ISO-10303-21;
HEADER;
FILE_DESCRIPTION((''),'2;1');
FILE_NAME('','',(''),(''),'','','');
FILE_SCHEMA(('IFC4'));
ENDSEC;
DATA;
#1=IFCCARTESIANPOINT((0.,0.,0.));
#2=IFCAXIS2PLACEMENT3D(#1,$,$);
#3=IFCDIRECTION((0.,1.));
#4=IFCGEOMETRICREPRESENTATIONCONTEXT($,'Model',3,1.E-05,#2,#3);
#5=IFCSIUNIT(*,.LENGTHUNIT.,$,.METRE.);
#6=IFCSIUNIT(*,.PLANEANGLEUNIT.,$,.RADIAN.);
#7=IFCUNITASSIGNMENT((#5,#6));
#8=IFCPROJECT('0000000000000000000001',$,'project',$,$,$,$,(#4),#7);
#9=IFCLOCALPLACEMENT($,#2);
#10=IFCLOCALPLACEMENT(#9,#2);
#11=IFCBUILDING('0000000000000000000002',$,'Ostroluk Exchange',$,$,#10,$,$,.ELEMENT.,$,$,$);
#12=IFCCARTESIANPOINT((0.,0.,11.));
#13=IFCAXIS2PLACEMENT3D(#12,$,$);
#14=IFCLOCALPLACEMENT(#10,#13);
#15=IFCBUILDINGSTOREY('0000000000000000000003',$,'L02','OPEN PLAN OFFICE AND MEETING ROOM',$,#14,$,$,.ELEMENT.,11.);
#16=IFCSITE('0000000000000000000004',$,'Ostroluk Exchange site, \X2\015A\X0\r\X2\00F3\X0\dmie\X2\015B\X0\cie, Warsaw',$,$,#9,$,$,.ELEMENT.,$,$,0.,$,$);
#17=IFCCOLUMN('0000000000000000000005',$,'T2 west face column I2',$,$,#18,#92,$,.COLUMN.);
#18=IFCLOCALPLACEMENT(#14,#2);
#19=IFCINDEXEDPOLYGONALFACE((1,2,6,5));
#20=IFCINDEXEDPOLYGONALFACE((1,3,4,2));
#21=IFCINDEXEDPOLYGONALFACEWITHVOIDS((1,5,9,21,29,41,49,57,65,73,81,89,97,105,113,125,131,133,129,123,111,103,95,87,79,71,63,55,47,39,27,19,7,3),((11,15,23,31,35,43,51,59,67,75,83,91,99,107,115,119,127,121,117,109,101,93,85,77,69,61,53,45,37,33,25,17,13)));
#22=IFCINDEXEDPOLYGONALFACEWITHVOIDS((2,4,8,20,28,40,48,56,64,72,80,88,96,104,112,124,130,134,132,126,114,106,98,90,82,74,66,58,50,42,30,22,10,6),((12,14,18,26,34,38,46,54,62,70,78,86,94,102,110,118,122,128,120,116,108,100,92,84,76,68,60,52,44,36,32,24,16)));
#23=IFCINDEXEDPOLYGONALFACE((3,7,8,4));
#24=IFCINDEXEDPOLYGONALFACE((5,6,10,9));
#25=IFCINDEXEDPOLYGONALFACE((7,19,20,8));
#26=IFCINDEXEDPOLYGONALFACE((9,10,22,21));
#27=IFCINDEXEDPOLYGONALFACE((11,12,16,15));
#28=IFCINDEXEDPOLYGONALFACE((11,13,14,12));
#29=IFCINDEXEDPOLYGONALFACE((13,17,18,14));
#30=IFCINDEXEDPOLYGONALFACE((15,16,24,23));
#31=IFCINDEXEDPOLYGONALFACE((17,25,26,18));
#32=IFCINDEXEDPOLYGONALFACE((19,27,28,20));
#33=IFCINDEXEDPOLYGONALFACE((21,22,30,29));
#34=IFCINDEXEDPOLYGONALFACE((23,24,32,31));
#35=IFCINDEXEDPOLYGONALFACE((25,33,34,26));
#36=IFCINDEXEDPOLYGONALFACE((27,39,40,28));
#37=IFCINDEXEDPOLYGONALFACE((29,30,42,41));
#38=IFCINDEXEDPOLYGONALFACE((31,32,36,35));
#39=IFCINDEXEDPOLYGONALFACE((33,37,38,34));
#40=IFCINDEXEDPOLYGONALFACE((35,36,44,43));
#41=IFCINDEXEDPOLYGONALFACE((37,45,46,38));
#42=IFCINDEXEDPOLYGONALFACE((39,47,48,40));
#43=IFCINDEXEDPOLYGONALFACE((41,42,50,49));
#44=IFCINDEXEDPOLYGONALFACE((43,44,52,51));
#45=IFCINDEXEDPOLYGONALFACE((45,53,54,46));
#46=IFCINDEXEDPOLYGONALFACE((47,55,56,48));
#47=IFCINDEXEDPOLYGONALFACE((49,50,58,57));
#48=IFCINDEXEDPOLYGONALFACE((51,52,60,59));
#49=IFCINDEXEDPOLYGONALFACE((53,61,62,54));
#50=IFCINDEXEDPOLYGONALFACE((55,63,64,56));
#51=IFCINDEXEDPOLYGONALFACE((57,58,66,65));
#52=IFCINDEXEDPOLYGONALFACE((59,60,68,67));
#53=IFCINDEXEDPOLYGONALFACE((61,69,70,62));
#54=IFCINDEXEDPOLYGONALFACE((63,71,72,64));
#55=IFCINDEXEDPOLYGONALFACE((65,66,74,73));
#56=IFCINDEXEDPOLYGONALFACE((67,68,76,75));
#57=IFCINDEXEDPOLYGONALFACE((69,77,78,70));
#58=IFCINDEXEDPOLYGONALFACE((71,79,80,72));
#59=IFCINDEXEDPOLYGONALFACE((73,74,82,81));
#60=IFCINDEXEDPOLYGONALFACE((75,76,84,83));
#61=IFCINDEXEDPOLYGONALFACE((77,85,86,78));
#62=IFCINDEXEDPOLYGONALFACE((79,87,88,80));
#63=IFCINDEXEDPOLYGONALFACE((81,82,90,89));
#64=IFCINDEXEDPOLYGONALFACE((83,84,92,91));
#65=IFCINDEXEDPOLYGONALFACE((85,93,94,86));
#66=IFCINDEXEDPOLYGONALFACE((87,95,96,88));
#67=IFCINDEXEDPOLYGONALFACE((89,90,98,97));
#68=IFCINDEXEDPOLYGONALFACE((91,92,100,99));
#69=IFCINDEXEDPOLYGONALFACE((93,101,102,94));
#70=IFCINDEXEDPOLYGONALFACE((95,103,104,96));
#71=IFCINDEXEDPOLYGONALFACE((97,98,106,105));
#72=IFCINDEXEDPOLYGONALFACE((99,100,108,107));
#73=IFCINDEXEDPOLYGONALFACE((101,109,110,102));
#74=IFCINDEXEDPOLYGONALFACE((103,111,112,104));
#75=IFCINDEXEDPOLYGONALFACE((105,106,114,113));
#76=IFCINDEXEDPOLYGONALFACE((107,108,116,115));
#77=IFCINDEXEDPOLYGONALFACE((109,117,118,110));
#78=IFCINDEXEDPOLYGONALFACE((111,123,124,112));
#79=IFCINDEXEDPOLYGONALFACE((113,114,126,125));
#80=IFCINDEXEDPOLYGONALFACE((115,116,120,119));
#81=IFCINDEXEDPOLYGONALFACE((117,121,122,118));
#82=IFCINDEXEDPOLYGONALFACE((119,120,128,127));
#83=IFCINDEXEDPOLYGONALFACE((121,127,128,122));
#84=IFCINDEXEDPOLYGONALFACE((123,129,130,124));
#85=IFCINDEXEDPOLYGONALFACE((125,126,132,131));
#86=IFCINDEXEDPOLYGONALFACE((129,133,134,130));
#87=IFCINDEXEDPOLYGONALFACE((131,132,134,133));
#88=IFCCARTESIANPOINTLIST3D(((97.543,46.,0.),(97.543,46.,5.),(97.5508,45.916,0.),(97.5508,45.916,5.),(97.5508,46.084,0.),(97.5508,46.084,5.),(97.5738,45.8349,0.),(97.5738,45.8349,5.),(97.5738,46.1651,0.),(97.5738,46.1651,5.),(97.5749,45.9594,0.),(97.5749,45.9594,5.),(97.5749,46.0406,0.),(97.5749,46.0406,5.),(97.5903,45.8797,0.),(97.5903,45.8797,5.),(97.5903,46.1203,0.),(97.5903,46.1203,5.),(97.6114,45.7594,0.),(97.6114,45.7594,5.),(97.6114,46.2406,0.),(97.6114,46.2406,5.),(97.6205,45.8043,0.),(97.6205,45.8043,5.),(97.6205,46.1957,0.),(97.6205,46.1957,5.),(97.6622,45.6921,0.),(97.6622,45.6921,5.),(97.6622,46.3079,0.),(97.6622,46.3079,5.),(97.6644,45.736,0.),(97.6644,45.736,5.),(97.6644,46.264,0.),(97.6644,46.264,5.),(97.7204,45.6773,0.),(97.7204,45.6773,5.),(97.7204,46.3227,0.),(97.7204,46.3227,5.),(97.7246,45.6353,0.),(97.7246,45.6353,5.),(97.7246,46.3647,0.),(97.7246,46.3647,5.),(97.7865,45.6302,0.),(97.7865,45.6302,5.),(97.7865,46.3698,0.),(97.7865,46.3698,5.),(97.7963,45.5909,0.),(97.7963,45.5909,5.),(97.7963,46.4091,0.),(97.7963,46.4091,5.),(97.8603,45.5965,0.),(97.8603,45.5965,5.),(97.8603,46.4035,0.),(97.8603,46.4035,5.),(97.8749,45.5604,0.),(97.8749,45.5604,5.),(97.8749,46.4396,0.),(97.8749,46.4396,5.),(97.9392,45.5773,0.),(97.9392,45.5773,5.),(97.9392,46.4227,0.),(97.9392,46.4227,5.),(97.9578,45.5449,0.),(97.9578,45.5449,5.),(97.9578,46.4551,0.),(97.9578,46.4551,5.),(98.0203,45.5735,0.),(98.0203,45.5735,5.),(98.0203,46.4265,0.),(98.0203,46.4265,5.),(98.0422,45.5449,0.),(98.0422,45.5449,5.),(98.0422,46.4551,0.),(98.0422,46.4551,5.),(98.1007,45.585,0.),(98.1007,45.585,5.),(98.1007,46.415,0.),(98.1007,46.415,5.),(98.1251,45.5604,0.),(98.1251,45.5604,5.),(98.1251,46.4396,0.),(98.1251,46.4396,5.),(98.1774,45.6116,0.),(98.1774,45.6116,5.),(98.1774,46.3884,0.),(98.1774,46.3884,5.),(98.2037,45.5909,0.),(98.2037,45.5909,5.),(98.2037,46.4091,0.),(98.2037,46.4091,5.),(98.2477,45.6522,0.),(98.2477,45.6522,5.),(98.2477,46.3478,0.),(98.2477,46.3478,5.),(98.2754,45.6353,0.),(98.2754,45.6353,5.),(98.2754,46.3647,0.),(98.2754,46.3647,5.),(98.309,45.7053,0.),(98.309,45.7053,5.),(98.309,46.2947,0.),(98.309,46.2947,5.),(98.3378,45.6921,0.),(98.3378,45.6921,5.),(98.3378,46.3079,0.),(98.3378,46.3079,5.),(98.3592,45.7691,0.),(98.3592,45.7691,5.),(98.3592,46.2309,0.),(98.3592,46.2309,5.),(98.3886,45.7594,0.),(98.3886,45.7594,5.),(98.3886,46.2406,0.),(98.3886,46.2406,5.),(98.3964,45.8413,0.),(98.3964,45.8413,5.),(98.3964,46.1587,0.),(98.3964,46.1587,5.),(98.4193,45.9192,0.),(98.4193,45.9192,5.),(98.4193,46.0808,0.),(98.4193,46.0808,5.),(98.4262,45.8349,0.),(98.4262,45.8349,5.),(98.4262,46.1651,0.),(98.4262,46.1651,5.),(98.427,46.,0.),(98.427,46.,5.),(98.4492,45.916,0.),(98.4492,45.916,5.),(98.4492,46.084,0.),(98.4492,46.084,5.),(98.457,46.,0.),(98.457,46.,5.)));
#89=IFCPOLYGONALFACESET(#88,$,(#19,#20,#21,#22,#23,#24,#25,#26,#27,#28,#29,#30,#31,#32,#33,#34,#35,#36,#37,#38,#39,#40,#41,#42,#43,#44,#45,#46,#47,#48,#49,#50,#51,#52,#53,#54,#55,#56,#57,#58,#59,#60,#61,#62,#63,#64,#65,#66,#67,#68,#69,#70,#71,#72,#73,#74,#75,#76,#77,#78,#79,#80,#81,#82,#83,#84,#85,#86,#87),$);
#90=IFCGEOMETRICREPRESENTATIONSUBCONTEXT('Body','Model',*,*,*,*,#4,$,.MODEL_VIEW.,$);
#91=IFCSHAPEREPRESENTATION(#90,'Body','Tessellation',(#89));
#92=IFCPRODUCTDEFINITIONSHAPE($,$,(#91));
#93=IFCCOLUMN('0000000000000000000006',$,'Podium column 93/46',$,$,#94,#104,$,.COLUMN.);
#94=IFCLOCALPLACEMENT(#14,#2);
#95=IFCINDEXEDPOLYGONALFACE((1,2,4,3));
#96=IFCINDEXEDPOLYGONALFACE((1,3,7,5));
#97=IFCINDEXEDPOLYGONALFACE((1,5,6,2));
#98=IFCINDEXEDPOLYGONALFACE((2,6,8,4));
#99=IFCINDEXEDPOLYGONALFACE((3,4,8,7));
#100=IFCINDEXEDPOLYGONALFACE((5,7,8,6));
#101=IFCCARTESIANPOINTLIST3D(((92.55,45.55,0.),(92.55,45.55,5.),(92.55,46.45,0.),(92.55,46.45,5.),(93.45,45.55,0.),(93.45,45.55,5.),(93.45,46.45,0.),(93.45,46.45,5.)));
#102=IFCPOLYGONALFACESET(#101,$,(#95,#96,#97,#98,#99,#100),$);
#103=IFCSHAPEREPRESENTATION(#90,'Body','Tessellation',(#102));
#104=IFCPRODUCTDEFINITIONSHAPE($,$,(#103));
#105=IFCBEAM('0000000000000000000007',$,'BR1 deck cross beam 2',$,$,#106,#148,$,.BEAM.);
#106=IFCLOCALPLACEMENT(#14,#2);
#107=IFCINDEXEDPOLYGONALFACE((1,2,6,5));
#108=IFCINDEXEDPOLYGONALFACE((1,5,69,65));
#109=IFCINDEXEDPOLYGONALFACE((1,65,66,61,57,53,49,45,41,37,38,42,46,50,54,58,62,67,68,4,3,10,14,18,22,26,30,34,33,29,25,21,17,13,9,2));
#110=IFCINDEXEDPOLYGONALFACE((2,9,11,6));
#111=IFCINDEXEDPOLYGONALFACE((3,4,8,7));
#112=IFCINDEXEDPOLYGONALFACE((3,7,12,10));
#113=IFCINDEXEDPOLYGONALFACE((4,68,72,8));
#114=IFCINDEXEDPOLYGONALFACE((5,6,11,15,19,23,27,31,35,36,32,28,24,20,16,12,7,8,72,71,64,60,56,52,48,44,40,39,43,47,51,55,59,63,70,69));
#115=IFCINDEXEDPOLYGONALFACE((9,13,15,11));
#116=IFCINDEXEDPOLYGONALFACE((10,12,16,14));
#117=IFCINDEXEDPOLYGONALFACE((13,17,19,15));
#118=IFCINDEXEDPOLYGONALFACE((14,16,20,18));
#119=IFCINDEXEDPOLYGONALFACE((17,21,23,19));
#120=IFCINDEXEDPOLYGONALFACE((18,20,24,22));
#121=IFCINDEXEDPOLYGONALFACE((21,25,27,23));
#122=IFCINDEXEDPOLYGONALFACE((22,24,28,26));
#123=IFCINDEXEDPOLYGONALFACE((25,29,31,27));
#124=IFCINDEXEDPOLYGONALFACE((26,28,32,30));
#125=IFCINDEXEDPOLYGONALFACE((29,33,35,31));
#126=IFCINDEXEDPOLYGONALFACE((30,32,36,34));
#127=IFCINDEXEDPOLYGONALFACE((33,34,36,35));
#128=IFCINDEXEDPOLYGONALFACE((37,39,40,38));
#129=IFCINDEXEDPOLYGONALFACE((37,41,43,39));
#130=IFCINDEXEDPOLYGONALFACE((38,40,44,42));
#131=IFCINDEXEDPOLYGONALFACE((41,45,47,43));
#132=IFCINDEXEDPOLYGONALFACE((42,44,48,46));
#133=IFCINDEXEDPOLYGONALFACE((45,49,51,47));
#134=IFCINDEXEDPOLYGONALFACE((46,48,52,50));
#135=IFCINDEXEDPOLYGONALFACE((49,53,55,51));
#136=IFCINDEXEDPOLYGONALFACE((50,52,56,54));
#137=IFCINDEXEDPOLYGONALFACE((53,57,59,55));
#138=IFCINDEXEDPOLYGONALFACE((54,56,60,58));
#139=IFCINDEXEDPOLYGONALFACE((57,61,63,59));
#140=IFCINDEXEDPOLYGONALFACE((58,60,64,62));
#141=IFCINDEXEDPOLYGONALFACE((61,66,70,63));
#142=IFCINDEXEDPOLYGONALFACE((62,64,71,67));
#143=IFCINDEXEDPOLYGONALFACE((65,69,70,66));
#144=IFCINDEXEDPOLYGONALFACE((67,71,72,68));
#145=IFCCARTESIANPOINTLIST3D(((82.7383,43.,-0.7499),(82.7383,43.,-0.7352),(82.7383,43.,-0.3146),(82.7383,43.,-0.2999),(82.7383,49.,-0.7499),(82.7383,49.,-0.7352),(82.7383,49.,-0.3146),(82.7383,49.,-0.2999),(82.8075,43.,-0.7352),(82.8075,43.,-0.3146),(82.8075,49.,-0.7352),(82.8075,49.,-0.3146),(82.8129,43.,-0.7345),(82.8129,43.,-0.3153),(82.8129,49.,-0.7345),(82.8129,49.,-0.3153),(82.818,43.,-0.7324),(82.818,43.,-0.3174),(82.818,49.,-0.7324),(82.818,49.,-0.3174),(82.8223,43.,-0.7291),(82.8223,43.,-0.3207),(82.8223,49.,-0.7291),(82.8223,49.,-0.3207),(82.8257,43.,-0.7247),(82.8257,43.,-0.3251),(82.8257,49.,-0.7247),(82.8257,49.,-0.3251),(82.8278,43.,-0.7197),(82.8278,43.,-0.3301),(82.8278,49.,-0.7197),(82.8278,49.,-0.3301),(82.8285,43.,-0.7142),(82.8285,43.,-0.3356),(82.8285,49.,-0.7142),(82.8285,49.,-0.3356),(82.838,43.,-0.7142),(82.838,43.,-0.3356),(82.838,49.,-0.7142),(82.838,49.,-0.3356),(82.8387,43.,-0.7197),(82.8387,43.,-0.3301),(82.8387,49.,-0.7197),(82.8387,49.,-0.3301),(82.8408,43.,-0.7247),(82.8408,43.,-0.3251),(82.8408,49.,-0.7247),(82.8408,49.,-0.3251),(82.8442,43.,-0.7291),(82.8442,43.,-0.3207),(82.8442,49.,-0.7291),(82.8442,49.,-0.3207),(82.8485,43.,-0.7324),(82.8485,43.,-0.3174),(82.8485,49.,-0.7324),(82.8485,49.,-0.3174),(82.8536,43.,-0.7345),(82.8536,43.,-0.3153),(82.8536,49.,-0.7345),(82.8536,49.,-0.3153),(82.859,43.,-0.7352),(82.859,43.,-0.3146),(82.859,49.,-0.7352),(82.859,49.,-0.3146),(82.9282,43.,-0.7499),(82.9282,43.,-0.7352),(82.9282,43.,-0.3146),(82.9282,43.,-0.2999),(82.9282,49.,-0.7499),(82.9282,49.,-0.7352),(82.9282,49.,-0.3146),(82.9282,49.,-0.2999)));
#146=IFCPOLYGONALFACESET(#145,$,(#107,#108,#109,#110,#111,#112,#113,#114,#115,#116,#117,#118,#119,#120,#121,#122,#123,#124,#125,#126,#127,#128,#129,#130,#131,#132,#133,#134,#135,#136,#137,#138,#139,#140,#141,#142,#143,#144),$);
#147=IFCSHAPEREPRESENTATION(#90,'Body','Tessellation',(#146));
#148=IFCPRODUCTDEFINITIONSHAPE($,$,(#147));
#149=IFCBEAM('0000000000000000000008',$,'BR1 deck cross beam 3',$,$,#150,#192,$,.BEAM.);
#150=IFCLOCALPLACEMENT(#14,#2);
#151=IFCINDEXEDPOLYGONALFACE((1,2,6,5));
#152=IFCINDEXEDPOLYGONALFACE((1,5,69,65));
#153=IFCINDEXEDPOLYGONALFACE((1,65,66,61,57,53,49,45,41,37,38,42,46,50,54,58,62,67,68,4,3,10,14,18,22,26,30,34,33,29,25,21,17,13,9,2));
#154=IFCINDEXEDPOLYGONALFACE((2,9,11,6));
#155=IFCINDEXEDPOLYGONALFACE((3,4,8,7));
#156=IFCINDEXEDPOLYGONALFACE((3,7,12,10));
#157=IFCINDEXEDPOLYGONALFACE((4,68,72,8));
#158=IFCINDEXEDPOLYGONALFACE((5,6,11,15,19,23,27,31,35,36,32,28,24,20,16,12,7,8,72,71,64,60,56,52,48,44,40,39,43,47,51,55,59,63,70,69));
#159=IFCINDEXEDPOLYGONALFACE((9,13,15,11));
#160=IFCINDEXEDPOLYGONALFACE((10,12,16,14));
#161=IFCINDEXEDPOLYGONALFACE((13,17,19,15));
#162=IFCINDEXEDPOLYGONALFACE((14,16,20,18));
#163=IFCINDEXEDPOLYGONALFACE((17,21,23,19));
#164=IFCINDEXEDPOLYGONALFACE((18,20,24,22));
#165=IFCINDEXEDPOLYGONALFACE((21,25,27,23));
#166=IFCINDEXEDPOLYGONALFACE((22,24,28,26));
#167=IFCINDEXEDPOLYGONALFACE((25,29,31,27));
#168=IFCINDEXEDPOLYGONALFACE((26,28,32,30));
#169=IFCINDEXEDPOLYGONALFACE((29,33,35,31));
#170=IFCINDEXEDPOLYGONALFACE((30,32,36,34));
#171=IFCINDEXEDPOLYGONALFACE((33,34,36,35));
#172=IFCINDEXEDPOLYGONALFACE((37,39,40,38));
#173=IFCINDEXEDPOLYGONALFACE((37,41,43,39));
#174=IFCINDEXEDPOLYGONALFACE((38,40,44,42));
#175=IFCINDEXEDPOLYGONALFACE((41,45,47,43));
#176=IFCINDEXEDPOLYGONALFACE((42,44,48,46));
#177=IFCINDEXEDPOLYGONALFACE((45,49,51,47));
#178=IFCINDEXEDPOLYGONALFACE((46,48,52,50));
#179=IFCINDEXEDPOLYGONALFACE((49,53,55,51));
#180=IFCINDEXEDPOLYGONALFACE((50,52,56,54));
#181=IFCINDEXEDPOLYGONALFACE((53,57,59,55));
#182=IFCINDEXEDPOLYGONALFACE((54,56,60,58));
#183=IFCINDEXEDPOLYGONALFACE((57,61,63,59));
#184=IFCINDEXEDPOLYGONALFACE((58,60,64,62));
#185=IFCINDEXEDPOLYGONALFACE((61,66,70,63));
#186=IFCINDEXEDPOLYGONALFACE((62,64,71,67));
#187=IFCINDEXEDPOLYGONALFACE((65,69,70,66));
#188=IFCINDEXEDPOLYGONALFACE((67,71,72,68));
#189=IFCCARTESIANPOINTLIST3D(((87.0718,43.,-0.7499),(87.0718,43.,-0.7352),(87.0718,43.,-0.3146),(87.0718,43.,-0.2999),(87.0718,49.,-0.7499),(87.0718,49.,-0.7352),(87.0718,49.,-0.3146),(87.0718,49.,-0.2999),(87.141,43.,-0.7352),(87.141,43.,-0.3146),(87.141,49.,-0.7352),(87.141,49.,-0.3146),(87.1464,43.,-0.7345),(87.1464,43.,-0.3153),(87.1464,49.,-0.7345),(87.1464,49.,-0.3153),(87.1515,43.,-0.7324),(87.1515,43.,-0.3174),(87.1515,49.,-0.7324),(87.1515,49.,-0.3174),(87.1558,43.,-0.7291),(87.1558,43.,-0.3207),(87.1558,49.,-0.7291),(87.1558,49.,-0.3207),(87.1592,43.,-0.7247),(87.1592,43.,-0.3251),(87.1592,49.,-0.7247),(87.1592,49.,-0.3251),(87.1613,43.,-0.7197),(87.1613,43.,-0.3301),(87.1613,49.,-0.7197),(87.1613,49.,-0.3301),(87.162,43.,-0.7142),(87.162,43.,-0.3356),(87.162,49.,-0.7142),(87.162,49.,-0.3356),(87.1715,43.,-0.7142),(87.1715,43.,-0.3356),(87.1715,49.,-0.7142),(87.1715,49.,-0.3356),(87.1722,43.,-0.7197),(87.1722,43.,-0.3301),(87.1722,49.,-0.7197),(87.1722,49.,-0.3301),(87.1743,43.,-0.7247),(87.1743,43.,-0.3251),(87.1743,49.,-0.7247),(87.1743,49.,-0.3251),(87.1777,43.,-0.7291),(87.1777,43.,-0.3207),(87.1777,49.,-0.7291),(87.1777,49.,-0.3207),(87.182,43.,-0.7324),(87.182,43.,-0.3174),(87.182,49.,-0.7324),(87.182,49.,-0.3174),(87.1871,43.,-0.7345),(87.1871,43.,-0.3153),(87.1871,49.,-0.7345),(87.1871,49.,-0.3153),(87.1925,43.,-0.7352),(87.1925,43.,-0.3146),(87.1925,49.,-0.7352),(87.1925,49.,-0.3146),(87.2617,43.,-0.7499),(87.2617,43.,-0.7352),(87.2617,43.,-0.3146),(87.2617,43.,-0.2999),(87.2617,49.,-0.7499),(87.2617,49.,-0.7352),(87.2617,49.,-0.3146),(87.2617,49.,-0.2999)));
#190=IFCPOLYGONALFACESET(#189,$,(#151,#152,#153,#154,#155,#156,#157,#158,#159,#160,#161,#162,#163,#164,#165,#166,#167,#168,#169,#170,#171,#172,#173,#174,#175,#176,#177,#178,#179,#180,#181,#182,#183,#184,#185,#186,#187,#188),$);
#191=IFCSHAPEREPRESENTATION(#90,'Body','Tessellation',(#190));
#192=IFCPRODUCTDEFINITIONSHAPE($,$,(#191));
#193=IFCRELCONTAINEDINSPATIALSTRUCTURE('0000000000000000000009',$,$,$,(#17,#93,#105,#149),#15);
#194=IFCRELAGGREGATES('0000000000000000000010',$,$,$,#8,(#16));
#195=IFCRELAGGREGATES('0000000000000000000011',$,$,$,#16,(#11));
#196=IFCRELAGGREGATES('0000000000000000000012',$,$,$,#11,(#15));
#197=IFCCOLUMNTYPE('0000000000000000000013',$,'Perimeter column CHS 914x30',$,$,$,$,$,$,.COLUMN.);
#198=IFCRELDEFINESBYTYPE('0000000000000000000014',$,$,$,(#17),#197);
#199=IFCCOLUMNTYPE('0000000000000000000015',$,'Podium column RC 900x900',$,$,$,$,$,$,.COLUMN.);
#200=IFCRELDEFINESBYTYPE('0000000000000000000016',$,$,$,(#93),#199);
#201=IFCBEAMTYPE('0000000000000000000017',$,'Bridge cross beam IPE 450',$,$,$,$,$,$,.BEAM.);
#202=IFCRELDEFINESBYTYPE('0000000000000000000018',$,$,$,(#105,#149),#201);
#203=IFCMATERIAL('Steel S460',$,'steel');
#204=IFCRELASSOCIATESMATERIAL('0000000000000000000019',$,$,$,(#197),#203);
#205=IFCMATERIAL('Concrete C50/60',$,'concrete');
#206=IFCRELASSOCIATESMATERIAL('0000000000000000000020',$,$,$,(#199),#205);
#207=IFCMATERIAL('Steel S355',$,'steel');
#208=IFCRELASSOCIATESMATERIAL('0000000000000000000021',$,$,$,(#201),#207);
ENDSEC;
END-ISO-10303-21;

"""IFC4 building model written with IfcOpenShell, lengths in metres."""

from ifc_helpers import new_model, si_unit, direction, frame, origin, origin_2d, place, context, subcontext, project, spatial, rectangle, hollow_circle, i_section, extrude, material, material_profile, profile_set, type_object, element, save


model = new_model("IFC4")

# Units and contexts
model_context = context("Model", 3, precision=1e-05, world=origin(), true_north=direction((0.0, 1.0)))
body_context = subcontext(model_context, "Body", "Model", "MODEL_VIEW")
ifc_project = project(units=[si_unit("LENGTHUNIT", "METRE"), si_unit("PLANEANGLEUNIT", "RADIAN")], contexts=[model_context])

# Site, building, storey
site_placement = place(None, origin())
site = spatial("IfcSite", under=ifc_project, at=site_placement, Name="Ostroluk Exchange site, Śródmieście, Warsaw", CompositionType="ELEMENT", RefElevation=0.0)
building_placement = place(site_placement, origin())
building = spatial("IfcBuilding", under=site, at=building_placement, Name="Ostroluk Exchange", CompositionType="ELEMENT")
storey_placement = place(building_placement, frame((0.0, 0.0, 11.0)))
storey = spatial("IfcBuildingStorey", under=building, at=storey_placement, Name="L02", Description="OPEN PLAN OFFICE AND MEETING ROOM", CompositionType="ELEMENT", Elevation=11.0)

# Columns
ifc_material_1 = material(Name="Steel S460", Category="steel")
ifc_material_profile_1 = material_profile(ifc_material_1, hollow_circle(Radius=0.457, WallThickness=0.03, at=origin_2d()), Name="CHS 914x30")
ifc_profile_set_1 = profile_set([ifc_material_profile_1], Name="Steel S460")
column_type_1 = type_object("IfcColumnType", Name="Perimeter column CHS 914x30", PredefinedType="COLUMN", material=ifc_profile_set_1)
column_1_placement = place(storey_placement, frame((98.0, 46.0, 0.0), z_axis=(0.0, 0.0, 1.0), x_axis=(1.0, 0.0, 0.0)))
element("IfcColumn", 1, at=column_1_placement, inside=storey, type_object=column_type_1, Name="T2 west face column I2", PredefinedType="COLUMN", context=body_context, shape_type="SweptSolid", body=[
    extrude(hollow_circle(Radius=0.457, WallThickness=0.03, at=origin_2d()), origin(), (0.0, 0.0, 1.0), 5.0),
])
ifc_material_2 = material(Name="Concrete C50/60", Category="concrete")
ifc_material_profile_2 = material_profile(ifc_material_2, rectangle(XDim=0.8999, YDim=0.8999, at=origin_2d()), Name="RC 900x900")
ifc_profile_set_2 = profile_set([ifc_material_profile_2], Name="Concrete C50/60")
column_type_2 = type_object("IfcColumnType", Name="Podium column RC 900x900", PredefinedType="COLUMN", material=ifc_profile_set_2)
column_2_placement = place(storey_placement, frame((93.0, 46.0, 0.0), z_axis=(0.0, 0.0, 1.0), x_axis=(1.0, 0.0, 0.0)))
element("IfcColumn", 2, at=column_2_placement, inside=storey, type_object=column_type_2, Name="Podium column 93/46", PredefinedType="COLUMN", context=body_context, shape_type="SweptSolid", body=[
    extrude(rectangle(XDim=0.8999, YDim=0.8999, at=origin_2d()), origin(), (0.0, 0.0, 1.0), 5.0),
])

# Beams
ifc_material_3 = material(Name="Steel S355", Category="steel")
ifc_material_profile_3 = material_profile(ifc_material_3, i_section(OverallWidth=0.1899, OverallDepth=0.45, WebThickness=0.0095, FlangeThickness=0.0146, FilletRadius=0.021, at=origin_2d()), Name="IPE 450")
ifc_profile_set_3 = profile_set([ifc_material_profile_3], Name="Steel S355")
beam_type_1 = type_object("IfcBeamType", Name="Bridge cross beam IPE 450", PredefinedType="BEAM", material=ifc_profile_set_3)
for number, where, z_axis, x_axis, name in (
    (3, (82.8333, 43.0, -0.5249), (0.0, 1.0, 0.0), (-1.0, 0.0, 0.0), "BR1 deck cross beam 2"),
    (4, (87.1667, 43.0, -0.5249), (0.0, 1.0, 0.0), (-1.0, 0.0, 0.0), "BR1 deck cross beam 3"),
):
    element("IfcBeam", number, at=place(storey_placement, frame(where, z_axis=z_axis, x_axis=x_axis)), inside=storey, type_object=beam_type_1, Name=name, PredefinedType="BEAM", context=body_context, shape_type="SweptSolid", body=[
        extrude(i_section(OverallWidth=0.1899, OverallDepth=0.45, WebThickness=0.0095, FlangeThickness=0.0146, FilletRadius=0.021, at=origin_2d()), origin(), (0.0, 0.0, 1.0), 6.0),
    ])

save(model, "model.ifc")
